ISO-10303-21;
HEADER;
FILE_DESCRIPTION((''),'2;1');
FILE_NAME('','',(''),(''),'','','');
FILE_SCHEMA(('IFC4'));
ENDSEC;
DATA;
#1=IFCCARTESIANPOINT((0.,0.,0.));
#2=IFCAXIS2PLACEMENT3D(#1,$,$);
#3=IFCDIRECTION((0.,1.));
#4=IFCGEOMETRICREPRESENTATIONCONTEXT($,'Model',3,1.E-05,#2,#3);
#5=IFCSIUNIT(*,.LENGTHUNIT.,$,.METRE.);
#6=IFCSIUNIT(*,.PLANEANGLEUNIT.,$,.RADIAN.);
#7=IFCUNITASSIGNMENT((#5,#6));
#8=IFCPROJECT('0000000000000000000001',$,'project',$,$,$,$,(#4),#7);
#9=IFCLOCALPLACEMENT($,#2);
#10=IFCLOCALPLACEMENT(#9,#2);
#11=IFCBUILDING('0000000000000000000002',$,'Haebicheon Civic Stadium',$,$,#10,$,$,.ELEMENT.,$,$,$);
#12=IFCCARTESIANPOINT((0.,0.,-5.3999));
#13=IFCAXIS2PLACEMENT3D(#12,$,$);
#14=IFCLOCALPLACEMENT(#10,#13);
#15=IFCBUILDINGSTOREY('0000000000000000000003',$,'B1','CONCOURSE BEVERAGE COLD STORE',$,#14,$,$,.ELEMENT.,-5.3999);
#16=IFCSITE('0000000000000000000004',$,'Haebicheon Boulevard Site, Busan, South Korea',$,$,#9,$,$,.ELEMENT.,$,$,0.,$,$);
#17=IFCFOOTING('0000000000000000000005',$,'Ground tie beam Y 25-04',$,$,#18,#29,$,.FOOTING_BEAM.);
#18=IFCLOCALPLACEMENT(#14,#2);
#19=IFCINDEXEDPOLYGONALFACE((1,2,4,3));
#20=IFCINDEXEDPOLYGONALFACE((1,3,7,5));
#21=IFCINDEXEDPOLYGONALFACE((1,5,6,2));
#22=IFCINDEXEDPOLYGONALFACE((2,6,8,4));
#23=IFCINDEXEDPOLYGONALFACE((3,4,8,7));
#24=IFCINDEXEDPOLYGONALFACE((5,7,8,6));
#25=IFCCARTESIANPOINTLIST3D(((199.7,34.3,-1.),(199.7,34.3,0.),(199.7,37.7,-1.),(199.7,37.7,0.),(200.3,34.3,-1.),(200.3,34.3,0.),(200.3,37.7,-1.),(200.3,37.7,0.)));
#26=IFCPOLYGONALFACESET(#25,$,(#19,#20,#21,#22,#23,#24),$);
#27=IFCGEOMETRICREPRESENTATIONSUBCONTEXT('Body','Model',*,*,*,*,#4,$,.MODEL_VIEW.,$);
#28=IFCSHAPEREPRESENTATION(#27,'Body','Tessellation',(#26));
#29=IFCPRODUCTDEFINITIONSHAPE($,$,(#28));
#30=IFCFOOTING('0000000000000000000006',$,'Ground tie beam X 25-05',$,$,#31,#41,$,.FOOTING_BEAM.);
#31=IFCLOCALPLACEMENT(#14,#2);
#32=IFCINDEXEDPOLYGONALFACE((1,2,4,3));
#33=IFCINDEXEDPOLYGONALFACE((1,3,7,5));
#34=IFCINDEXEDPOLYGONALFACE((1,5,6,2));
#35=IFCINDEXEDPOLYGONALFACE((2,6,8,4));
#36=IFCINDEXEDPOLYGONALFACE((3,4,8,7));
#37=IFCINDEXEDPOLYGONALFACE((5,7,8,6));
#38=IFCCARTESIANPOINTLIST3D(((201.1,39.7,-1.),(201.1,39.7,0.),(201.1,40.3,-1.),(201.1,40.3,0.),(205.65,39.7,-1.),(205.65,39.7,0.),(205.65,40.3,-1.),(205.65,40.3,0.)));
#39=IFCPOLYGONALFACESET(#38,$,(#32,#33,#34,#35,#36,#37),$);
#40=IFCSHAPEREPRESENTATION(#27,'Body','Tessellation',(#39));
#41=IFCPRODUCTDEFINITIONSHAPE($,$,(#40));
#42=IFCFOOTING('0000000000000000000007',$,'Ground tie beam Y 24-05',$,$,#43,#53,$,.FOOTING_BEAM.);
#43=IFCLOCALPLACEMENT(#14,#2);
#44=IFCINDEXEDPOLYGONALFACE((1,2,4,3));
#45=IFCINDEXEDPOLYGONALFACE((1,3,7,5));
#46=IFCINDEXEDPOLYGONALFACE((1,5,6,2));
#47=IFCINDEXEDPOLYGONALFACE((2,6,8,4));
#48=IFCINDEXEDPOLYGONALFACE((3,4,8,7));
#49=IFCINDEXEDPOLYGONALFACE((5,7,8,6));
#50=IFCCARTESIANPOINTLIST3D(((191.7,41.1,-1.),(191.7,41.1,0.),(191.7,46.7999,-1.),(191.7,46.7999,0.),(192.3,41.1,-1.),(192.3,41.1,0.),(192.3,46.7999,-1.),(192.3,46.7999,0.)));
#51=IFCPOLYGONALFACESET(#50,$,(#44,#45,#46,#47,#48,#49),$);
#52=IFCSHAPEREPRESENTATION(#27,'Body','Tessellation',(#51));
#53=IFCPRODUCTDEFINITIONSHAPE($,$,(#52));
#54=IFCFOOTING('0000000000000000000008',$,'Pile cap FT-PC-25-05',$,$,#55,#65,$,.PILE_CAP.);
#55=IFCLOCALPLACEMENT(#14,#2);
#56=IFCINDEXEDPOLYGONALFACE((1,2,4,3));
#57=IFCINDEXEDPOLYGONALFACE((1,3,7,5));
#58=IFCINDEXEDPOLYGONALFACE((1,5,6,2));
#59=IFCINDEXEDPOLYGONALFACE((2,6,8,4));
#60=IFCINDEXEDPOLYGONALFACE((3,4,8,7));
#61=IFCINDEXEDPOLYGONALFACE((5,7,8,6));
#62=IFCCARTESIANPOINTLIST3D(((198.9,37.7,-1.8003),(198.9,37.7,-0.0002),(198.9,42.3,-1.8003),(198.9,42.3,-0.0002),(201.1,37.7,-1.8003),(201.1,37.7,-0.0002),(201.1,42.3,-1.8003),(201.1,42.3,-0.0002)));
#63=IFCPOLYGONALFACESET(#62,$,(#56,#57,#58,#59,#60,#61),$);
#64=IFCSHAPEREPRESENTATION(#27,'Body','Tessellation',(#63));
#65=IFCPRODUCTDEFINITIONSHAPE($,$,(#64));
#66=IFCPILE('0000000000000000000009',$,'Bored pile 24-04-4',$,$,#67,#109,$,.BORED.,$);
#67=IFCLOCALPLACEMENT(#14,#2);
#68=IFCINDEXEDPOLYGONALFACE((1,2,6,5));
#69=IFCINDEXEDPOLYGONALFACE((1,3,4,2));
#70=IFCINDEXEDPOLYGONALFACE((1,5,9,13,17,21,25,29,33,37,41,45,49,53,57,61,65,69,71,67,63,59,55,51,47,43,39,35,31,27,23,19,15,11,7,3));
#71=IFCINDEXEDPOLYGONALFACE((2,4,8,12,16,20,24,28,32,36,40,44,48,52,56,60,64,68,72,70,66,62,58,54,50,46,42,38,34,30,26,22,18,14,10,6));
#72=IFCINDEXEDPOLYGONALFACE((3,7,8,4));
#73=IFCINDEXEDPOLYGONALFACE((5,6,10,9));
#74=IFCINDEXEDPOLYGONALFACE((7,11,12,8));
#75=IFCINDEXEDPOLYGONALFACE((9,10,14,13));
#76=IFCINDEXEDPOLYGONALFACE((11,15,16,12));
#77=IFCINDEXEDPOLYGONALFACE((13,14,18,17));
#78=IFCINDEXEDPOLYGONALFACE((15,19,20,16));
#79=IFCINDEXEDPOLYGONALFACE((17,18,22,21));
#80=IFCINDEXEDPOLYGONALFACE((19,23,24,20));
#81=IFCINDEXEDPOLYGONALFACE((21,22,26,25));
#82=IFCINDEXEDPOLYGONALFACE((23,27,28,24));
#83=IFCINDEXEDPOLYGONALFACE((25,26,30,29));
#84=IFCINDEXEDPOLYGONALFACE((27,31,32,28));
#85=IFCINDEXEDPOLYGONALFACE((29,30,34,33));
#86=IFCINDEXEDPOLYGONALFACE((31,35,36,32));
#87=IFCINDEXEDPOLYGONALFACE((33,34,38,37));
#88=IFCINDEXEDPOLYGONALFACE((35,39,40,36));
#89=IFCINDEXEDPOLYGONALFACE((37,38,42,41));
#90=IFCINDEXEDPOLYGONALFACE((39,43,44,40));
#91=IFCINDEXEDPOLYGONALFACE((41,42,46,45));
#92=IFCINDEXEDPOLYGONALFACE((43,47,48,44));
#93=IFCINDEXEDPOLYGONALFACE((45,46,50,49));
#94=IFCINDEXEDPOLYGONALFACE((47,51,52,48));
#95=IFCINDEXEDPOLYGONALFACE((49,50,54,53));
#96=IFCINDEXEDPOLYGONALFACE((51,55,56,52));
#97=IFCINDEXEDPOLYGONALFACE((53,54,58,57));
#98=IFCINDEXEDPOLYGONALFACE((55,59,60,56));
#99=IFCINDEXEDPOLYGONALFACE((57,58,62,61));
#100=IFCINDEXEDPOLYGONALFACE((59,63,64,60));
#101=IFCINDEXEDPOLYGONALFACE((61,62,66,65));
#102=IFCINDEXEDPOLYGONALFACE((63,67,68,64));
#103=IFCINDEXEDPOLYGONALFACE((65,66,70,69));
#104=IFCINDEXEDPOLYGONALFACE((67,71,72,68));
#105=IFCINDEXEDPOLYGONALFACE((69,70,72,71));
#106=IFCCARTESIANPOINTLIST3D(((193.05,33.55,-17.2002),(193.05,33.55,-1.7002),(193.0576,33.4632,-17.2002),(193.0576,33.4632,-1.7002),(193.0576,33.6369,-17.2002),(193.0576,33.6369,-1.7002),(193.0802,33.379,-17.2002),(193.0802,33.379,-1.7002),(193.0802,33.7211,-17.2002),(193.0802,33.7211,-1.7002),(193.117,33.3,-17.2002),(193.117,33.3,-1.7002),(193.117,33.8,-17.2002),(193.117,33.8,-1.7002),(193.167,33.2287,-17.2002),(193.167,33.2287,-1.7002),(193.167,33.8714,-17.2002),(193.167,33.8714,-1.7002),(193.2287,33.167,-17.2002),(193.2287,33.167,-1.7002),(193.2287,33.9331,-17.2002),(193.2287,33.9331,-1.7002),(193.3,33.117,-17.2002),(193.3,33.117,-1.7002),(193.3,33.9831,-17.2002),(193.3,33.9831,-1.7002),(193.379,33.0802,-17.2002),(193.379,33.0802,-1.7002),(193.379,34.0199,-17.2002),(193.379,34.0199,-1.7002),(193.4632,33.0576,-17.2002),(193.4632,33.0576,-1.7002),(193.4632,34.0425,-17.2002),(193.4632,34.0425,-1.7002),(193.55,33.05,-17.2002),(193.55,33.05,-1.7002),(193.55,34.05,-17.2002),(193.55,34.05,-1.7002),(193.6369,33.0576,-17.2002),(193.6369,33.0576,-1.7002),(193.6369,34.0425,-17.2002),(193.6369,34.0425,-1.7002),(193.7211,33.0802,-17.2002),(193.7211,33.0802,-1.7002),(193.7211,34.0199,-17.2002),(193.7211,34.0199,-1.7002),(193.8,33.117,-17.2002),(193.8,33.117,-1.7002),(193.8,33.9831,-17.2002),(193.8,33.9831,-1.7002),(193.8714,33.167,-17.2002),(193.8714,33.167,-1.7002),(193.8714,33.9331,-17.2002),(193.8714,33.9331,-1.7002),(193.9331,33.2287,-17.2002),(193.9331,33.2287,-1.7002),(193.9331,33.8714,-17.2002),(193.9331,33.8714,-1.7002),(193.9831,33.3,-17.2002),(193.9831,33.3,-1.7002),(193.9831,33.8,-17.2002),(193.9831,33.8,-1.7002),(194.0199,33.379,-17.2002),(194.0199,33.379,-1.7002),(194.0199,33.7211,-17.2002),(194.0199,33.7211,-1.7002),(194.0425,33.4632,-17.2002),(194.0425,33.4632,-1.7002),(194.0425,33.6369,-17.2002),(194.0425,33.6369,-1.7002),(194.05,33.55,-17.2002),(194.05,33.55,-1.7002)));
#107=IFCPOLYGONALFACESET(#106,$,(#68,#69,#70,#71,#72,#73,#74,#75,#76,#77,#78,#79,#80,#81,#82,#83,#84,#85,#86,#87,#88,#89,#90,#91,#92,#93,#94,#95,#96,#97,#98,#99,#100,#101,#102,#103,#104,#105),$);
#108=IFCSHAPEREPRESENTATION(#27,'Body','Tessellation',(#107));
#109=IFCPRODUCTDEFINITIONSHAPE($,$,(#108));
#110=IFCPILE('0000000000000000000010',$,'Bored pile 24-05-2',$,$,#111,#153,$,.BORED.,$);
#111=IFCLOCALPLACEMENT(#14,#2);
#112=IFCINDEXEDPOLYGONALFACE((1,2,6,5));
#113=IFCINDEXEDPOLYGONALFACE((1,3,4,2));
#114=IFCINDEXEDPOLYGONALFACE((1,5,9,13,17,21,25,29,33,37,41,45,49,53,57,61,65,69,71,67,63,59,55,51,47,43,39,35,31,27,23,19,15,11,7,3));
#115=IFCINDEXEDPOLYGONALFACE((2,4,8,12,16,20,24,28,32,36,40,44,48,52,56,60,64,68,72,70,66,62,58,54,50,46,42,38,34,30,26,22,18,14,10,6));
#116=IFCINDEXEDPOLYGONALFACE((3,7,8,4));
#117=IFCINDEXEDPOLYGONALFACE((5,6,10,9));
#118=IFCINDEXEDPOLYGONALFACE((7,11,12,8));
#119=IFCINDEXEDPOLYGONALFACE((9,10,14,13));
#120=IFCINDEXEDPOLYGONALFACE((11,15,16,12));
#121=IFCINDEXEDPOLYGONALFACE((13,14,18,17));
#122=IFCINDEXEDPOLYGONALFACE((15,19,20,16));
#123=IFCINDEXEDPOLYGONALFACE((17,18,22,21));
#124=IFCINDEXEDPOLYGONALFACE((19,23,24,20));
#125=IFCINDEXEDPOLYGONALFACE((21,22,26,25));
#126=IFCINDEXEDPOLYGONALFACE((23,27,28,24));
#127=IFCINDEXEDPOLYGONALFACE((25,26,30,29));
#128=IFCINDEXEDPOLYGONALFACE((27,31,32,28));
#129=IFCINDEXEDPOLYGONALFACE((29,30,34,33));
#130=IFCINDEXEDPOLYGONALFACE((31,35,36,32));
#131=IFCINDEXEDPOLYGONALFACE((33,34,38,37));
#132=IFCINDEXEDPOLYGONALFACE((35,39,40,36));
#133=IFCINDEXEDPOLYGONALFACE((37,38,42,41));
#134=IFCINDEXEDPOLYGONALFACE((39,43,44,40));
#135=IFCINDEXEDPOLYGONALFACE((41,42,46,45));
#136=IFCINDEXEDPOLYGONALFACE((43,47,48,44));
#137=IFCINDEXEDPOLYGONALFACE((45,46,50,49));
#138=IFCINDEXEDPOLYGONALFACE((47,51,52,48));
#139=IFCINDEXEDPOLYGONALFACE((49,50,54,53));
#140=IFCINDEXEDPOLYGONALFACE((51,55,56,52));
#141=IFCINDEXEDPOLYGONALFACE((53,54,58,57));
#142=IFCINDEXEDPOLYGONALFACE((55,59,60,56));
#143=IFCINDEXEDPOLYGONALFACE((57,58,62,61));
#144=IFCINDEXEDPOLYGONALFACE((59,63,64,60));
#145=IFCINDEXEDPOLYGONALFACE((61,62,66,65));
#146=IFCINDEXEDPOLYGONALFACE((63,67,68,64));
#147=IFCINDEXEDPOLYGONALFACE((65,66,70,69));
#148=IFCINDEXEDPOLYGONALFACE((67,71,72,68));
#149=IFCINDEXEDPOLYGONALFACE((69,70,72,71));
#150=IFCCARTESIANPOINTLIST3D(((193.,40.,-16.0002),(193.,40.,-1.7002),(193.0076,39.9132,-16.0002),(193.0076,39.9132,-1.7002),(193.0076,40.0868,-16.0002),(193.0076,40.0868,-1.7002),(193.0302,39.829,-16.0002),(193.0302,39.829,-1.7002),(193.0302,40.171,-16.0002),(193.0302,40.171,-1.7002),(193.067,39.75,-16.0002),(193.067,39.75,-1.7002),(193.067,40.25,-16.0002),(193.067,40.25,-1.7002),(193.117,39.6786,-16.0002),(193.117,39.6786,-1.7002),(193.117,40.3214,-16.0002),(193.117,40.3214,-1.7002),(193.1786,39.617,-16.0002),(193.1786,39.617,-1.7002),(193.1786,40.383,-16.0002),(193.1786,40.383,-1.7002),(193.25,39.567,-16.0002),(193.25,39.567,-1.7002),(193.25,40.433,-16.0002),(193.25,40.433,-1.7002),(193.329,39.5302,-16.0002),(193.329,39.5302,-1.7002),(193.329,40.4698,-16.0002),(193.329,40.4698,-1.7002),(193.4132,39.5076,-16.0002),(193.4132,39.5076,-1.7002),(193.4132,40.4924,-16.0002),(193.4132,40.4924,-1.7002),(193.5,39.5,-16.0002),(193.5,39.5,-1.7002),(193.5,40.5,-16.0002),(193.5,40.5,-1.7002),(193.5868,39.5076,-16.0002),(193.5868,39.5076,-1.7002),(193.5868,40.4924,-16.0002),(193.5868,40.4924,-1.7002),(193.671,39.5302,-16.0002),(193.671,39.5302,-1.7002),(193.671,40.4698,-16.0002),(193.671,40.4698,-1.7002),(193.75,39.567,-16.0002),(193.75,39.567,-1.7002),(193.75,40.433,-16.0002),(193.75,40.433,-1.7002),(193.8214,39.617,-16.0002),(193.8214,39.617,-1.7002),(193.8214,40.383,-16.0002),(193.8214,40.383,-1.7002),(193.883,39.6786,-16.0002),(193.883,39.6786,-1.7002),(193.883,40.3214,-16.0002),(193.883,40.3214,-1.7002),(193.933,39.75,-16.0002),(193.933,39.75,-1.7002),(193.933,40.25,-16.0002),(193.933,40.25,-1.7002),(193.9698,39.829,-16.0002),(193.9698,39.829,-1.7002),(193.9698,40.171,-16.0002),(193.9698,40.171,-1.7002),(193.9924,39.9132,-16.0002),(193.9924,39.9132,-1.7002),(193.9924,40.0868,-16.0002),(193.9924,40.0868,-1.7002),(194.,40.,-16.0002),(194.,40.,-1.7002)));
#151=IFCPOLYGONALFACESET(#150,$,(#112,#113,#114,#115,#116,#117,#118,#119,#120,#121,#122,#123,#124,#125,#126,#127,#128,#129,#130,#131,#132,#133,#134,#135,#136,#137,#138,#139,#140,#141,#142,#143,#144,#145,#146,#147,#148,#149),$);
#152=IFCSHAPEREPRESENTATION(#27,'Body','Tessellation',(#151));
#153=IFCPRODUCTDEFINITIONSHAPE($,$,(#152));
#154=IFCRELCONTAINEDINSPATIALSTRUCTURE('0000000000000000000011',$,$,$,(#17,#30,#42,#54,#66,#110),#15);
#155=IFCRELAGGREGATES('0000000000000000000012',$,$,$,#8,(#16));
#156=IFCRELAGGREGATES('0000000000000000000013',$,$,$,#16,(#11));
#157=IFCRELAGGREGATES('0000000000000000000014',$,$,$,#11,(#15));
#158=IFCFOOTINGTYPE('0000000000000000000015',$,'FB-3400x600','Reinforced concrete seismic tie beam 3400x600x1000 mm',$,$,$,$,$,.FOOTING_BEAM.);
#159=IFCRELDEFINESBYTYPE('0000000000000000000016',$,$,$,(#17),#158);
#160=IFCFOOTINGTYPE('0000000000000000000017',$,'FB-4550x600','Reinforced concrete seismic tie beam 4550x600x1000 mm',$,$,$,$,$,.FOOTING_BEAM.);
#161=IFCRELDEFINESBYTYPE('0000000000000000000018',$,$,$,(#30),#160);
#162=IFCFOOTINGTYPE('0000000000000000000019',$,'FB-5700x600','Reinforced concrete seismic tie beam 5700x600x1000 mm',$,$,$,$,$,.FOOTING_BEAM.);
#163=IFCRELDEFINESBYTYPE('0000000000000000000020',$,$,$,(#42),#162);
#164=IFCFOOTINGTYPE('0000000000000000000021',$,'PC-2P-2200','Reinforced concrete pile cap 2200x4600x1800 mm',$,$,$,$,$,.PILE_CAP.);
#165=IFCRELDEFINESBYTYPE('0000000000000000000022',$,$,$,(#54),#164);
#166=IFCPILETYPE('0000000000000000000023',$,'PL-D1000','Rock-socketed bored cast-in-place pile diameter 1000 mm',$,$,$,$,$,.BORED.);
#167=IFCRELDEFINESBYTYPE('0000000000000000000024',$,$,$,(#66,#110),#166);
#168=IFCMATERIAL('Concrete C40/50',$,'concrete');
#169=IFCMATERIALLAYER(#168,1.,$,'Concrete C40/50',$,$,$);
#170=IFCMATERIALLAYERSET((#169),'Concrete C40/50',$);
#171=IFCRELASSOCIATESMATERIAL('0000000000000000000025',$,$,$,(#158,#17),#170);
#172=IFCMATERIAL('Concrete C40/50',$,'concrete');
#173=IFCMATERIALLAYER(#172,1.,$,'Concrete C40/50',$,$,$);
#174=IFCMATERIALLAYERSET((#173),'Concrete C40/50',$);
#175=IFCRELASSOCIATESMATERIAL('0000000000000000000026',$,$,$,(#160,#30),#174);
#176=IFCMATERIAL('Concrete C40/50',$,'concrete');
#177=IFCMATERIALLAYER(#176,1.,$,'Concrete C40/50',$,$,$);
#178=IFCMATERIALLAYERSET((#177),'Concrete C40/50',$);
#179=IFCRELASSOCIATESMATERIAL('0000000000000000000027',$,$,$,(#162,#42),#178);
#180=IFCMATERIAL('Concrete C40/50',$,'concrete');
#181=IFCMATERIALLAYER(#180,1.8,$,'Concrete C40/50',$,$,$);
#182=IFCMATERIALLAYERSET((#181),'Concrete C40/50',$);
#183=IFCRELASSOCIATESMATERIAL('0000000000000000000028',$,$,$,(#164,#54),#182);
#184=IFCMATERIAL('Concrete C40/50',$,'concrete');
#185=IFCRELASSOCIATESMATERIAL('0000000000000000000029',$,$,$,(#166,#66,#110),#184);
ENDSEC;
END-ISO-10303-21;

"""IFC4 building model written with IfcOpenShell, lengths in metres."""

from ifc_helpers import new_model, si_unit, direction, frame, origin, origin_2d, place, context, subcontext, project, spatial, rectangle, circle, extrude, material, layer, layer_set, material_profile, profile_set, type_object, element, save


model = new_model("IFC4")

# Units and contexts
model_context = context("Model", 3, precision=1e-05, world=origin(), true_north=direction((0.0, 1.0)))
body_context = subcontext(model_context, "Body", "Model", "MODEL_VIEW")
ifc_project = project(units=[si_unit("LENGTHUNIT", "METRE"), si_unit("PLANEANGLEUNIT", "RADIAN")], contexts=[model_context])

# Site, building, storey
site_placement = place(None, origin())
site = spatial("IfcSite", under=ifc_project, at=site_placement, Name="Haebicheon Boulevard Site, Busan, South Korea", CompositionType="ELEMENT", RefElevation=0.0)
building_placement = place(site_placement, origin())
building = spatial("IfcBuilding", under=site, at=building_placement, Name="Haebicheon Civic Stadium", CompositionType="ELEMENT")
storey_placement = place(building_placement, frame((0.0, 0.0, -5.3999)))
storey = spatial("IfcBuildingStorey", under=building, at=storey_placement, Name="B1", Description="CONCOURSE BEVERAGE COLD STORE", CompositionType="ELEMENT", Elevation=-5.3999)

# Footings
ifc_material_1 = material(Name="Concrete C40/50", Category="concrete")
ifc_layer_1 = layer(ifc_material_1, 1.0, Name="Concrete C40/50")
ifc_layer_set_1 = layer_set([ifc_layer_1], Name="Concrete C40/50")
footing_type_1 = type_object("IfcFootingType", Name="FB-3400x600", Description="Reinforced concrete seismic tie beam 3400x600x1000 mm", PredefinedType="FOOTING_BEAM", material=ifc_layer_set_1)
footing_1_placement = place(storey_placement, frame((200.0, 36.0, -1.0), z_axis=(0.0, 0.0, 1.0), x_axis=(0.0, 1.0, 0.0)))
element("IfcFooting", 1, at=footing_1_placement, inside=storey, type_object=footing_type_1, material=ifc_layer_set_1, Name="Ground tie beam Y 25-04", PredefinedType="FOOTING_BEAM", context=body_context, shape_type="SweptSolid", body=[
    extrude(rectangle(XDim=3.3999, YDim=0.6001, at=origin_2d()), origin(), (0.0, 0.0, 1.0), 1.0),
])
ifc_material_2 = material(Name="Concrete C40/50", Category="concrete")
ifc_layer_2 = layer(ifc_material_2, 1.0, Name="Concrete C40/50")
ifc_layer_set_2 = layer_set([ifc_layer_2], Name="Concrete C40/50")
footing_type_2 = type_object("IfcFootingType", Name="FB-4550x600", Description="Reinforced concrete seismic tie beam 4550x600x1000 mm", PredefinedType="FOOTING_BEAM", material=ifc_layer_set_2)
footing_2_placement = place(storey_placement, frame((203.375, 40.0, -1.0), z_axis=(0.0, 0.0, 1.0), x_axis=(1.0, 0.0, 0.0)))
element("IfcFooting", 2, at=footing_2_placement, inside=storey, type_object=footing_type_2, material=ifc_layer_set_2, Name="Ground tie beam X 25-05", PredefinedType="FOOTING_BEAM", context=body_context, shape_type="SweptSolid", body=[
    extrude(rectangle(XDim=4.55, YDim=0.6001, at=origin_2d()), origin(), (0.0, 0.0, 1.0), 1.0),
])
ifc_material_3 = material(Name="Concrete C40/50", Category="concrete")
ifc_layer_3 = layer(ifc_material_3, 1.0, Name="Concrete C40/50")
ifc_layer_set_3 = layer_set([ifc_layer_3], Name="Concrete C40/50")
footing_type_3 = type_object("IfcFootingType", Name="FB-5700x600", Description="Reinforced concrete seismic tie beam 5700x600x1000 mm", PredefinedType="FOOTING_BEAM", material=ifc_layer_set_3)
footing_3_placement = place(storey_placement, frame((192.0, 43.95, -1.0), z_axis=(0.0, 0.0, 1.0), x_axis=(0.0, 1.0, 0.0)))
element("IfcFooting", 3, at=footing_3_placement, inside=storey, type_object=footing_type_3, material=ifc_layer_set_3, Name="Ground tie beam Y 24-05", PredefinedType="FOOTING_BEAM", context=body_context, shape_type="SweptSolid", body=[
    extrude(rectangle(XDim=5.7, YDim=0.6001, at=origin_2d()), origin(), (0.0, 0.0, 1.0), 1.0),
])
ifc_material_4 = material(Name="Concrete C40/50", Category="concrete")
ifc_layer_4 = layer(ifc_material_4, 1.8, Name="Concrete C40/50")
ifc_layer_set_4 = layer_set([ifc_layer_4], Name="Concrete C40/50")
footing_type_4 = type_object("IfcFootingType", Name="PC-2P-2200", Description="Reinforced concrete pile cap 2200x4600x1800 mm", PredefinedType="PILE_CAP", material=ifc_layer_set_4)
footing_4_placement = place(storey_placement, frame((200.0, 40.0, -1.8003), z_axis=(0.0, 0.0, 1.0), x_axis=(1.0, 0.0, 0.0)))
element("IfcFooting", 4, at=footing_4_placement, inside=storey, type_object=footing_type_4, material=ifc_layer_set_4, Name="Pile cap FT-PC-25-05", PredefinedType="PILE_CAP", context=body_context, shape_type="SweptSolid", body=[
    extrude(rectangle(XDim=2.2, YDim=4.6001, at=origin_2d()), origin(), (0.0, 0.0, 1.0), 1.8),
])

# Piles
ifc_material_5 = material(Name="Concrete C40/50", Category="concrete")
ifc_material_profile_1 = material_profile(ifc_material_5, circle(Radius=0.5, at=origin_2d()), Name="PILE-D1000")
ifc_profile_set_1 = profile_set([ifc_material_profile_1], Name="Concrete C40/50")
pile_type = type_object("IfcPileType", Name="PL-D1000", Description="Rock-socketed bored cast-in-place pile diameter 1000 mm", PredefinedType="BORED", material=ifc_profile_set_1)
pile_placement = place(storey_placement, frame((193.55, 33.55, -1.7002), z_axis=(0.0, 0.0, -1.0), x_axis=(1.0, 0.0, 0.0)))
element("IfcPile", 5, at=pile_placement, inside=storey, type_object=pile_type, material=ifc_profile_set_1, Name="Bored pile 24-04-4", PredefinedType="BORED", context=body_context, shape_type="SweptSolid", body=[
    extrude(circle(Radius=0.5, at=origin_2d()), origin(), (0.0, 0.0, 1.0), 15.5),
])
for number, where, z_axis, x_axis, name in (
    (6, (193.5, 40.0, -1.7002), (0.0, 0.0, -1.0), (1.0, 0.0, 0.0), "Bored pile 24-05-2"),
):
    element("IfcPile", number, at=place(storey_placement, frame(where, z_axis=z_axis, x_axis=x_axis)), inside=storey, type_object=pile_type, material=ifc_profile_set_1, Name=name, PredefinedType="BORED", context=body_context, shape_type="SweptSolid", body=[
        extrude(circle(Radius=0.5, at=origin_2d()), origin(), (0.0, 0.0, 1.0), 14.3),
    ])

save(model, "model.ifc")
